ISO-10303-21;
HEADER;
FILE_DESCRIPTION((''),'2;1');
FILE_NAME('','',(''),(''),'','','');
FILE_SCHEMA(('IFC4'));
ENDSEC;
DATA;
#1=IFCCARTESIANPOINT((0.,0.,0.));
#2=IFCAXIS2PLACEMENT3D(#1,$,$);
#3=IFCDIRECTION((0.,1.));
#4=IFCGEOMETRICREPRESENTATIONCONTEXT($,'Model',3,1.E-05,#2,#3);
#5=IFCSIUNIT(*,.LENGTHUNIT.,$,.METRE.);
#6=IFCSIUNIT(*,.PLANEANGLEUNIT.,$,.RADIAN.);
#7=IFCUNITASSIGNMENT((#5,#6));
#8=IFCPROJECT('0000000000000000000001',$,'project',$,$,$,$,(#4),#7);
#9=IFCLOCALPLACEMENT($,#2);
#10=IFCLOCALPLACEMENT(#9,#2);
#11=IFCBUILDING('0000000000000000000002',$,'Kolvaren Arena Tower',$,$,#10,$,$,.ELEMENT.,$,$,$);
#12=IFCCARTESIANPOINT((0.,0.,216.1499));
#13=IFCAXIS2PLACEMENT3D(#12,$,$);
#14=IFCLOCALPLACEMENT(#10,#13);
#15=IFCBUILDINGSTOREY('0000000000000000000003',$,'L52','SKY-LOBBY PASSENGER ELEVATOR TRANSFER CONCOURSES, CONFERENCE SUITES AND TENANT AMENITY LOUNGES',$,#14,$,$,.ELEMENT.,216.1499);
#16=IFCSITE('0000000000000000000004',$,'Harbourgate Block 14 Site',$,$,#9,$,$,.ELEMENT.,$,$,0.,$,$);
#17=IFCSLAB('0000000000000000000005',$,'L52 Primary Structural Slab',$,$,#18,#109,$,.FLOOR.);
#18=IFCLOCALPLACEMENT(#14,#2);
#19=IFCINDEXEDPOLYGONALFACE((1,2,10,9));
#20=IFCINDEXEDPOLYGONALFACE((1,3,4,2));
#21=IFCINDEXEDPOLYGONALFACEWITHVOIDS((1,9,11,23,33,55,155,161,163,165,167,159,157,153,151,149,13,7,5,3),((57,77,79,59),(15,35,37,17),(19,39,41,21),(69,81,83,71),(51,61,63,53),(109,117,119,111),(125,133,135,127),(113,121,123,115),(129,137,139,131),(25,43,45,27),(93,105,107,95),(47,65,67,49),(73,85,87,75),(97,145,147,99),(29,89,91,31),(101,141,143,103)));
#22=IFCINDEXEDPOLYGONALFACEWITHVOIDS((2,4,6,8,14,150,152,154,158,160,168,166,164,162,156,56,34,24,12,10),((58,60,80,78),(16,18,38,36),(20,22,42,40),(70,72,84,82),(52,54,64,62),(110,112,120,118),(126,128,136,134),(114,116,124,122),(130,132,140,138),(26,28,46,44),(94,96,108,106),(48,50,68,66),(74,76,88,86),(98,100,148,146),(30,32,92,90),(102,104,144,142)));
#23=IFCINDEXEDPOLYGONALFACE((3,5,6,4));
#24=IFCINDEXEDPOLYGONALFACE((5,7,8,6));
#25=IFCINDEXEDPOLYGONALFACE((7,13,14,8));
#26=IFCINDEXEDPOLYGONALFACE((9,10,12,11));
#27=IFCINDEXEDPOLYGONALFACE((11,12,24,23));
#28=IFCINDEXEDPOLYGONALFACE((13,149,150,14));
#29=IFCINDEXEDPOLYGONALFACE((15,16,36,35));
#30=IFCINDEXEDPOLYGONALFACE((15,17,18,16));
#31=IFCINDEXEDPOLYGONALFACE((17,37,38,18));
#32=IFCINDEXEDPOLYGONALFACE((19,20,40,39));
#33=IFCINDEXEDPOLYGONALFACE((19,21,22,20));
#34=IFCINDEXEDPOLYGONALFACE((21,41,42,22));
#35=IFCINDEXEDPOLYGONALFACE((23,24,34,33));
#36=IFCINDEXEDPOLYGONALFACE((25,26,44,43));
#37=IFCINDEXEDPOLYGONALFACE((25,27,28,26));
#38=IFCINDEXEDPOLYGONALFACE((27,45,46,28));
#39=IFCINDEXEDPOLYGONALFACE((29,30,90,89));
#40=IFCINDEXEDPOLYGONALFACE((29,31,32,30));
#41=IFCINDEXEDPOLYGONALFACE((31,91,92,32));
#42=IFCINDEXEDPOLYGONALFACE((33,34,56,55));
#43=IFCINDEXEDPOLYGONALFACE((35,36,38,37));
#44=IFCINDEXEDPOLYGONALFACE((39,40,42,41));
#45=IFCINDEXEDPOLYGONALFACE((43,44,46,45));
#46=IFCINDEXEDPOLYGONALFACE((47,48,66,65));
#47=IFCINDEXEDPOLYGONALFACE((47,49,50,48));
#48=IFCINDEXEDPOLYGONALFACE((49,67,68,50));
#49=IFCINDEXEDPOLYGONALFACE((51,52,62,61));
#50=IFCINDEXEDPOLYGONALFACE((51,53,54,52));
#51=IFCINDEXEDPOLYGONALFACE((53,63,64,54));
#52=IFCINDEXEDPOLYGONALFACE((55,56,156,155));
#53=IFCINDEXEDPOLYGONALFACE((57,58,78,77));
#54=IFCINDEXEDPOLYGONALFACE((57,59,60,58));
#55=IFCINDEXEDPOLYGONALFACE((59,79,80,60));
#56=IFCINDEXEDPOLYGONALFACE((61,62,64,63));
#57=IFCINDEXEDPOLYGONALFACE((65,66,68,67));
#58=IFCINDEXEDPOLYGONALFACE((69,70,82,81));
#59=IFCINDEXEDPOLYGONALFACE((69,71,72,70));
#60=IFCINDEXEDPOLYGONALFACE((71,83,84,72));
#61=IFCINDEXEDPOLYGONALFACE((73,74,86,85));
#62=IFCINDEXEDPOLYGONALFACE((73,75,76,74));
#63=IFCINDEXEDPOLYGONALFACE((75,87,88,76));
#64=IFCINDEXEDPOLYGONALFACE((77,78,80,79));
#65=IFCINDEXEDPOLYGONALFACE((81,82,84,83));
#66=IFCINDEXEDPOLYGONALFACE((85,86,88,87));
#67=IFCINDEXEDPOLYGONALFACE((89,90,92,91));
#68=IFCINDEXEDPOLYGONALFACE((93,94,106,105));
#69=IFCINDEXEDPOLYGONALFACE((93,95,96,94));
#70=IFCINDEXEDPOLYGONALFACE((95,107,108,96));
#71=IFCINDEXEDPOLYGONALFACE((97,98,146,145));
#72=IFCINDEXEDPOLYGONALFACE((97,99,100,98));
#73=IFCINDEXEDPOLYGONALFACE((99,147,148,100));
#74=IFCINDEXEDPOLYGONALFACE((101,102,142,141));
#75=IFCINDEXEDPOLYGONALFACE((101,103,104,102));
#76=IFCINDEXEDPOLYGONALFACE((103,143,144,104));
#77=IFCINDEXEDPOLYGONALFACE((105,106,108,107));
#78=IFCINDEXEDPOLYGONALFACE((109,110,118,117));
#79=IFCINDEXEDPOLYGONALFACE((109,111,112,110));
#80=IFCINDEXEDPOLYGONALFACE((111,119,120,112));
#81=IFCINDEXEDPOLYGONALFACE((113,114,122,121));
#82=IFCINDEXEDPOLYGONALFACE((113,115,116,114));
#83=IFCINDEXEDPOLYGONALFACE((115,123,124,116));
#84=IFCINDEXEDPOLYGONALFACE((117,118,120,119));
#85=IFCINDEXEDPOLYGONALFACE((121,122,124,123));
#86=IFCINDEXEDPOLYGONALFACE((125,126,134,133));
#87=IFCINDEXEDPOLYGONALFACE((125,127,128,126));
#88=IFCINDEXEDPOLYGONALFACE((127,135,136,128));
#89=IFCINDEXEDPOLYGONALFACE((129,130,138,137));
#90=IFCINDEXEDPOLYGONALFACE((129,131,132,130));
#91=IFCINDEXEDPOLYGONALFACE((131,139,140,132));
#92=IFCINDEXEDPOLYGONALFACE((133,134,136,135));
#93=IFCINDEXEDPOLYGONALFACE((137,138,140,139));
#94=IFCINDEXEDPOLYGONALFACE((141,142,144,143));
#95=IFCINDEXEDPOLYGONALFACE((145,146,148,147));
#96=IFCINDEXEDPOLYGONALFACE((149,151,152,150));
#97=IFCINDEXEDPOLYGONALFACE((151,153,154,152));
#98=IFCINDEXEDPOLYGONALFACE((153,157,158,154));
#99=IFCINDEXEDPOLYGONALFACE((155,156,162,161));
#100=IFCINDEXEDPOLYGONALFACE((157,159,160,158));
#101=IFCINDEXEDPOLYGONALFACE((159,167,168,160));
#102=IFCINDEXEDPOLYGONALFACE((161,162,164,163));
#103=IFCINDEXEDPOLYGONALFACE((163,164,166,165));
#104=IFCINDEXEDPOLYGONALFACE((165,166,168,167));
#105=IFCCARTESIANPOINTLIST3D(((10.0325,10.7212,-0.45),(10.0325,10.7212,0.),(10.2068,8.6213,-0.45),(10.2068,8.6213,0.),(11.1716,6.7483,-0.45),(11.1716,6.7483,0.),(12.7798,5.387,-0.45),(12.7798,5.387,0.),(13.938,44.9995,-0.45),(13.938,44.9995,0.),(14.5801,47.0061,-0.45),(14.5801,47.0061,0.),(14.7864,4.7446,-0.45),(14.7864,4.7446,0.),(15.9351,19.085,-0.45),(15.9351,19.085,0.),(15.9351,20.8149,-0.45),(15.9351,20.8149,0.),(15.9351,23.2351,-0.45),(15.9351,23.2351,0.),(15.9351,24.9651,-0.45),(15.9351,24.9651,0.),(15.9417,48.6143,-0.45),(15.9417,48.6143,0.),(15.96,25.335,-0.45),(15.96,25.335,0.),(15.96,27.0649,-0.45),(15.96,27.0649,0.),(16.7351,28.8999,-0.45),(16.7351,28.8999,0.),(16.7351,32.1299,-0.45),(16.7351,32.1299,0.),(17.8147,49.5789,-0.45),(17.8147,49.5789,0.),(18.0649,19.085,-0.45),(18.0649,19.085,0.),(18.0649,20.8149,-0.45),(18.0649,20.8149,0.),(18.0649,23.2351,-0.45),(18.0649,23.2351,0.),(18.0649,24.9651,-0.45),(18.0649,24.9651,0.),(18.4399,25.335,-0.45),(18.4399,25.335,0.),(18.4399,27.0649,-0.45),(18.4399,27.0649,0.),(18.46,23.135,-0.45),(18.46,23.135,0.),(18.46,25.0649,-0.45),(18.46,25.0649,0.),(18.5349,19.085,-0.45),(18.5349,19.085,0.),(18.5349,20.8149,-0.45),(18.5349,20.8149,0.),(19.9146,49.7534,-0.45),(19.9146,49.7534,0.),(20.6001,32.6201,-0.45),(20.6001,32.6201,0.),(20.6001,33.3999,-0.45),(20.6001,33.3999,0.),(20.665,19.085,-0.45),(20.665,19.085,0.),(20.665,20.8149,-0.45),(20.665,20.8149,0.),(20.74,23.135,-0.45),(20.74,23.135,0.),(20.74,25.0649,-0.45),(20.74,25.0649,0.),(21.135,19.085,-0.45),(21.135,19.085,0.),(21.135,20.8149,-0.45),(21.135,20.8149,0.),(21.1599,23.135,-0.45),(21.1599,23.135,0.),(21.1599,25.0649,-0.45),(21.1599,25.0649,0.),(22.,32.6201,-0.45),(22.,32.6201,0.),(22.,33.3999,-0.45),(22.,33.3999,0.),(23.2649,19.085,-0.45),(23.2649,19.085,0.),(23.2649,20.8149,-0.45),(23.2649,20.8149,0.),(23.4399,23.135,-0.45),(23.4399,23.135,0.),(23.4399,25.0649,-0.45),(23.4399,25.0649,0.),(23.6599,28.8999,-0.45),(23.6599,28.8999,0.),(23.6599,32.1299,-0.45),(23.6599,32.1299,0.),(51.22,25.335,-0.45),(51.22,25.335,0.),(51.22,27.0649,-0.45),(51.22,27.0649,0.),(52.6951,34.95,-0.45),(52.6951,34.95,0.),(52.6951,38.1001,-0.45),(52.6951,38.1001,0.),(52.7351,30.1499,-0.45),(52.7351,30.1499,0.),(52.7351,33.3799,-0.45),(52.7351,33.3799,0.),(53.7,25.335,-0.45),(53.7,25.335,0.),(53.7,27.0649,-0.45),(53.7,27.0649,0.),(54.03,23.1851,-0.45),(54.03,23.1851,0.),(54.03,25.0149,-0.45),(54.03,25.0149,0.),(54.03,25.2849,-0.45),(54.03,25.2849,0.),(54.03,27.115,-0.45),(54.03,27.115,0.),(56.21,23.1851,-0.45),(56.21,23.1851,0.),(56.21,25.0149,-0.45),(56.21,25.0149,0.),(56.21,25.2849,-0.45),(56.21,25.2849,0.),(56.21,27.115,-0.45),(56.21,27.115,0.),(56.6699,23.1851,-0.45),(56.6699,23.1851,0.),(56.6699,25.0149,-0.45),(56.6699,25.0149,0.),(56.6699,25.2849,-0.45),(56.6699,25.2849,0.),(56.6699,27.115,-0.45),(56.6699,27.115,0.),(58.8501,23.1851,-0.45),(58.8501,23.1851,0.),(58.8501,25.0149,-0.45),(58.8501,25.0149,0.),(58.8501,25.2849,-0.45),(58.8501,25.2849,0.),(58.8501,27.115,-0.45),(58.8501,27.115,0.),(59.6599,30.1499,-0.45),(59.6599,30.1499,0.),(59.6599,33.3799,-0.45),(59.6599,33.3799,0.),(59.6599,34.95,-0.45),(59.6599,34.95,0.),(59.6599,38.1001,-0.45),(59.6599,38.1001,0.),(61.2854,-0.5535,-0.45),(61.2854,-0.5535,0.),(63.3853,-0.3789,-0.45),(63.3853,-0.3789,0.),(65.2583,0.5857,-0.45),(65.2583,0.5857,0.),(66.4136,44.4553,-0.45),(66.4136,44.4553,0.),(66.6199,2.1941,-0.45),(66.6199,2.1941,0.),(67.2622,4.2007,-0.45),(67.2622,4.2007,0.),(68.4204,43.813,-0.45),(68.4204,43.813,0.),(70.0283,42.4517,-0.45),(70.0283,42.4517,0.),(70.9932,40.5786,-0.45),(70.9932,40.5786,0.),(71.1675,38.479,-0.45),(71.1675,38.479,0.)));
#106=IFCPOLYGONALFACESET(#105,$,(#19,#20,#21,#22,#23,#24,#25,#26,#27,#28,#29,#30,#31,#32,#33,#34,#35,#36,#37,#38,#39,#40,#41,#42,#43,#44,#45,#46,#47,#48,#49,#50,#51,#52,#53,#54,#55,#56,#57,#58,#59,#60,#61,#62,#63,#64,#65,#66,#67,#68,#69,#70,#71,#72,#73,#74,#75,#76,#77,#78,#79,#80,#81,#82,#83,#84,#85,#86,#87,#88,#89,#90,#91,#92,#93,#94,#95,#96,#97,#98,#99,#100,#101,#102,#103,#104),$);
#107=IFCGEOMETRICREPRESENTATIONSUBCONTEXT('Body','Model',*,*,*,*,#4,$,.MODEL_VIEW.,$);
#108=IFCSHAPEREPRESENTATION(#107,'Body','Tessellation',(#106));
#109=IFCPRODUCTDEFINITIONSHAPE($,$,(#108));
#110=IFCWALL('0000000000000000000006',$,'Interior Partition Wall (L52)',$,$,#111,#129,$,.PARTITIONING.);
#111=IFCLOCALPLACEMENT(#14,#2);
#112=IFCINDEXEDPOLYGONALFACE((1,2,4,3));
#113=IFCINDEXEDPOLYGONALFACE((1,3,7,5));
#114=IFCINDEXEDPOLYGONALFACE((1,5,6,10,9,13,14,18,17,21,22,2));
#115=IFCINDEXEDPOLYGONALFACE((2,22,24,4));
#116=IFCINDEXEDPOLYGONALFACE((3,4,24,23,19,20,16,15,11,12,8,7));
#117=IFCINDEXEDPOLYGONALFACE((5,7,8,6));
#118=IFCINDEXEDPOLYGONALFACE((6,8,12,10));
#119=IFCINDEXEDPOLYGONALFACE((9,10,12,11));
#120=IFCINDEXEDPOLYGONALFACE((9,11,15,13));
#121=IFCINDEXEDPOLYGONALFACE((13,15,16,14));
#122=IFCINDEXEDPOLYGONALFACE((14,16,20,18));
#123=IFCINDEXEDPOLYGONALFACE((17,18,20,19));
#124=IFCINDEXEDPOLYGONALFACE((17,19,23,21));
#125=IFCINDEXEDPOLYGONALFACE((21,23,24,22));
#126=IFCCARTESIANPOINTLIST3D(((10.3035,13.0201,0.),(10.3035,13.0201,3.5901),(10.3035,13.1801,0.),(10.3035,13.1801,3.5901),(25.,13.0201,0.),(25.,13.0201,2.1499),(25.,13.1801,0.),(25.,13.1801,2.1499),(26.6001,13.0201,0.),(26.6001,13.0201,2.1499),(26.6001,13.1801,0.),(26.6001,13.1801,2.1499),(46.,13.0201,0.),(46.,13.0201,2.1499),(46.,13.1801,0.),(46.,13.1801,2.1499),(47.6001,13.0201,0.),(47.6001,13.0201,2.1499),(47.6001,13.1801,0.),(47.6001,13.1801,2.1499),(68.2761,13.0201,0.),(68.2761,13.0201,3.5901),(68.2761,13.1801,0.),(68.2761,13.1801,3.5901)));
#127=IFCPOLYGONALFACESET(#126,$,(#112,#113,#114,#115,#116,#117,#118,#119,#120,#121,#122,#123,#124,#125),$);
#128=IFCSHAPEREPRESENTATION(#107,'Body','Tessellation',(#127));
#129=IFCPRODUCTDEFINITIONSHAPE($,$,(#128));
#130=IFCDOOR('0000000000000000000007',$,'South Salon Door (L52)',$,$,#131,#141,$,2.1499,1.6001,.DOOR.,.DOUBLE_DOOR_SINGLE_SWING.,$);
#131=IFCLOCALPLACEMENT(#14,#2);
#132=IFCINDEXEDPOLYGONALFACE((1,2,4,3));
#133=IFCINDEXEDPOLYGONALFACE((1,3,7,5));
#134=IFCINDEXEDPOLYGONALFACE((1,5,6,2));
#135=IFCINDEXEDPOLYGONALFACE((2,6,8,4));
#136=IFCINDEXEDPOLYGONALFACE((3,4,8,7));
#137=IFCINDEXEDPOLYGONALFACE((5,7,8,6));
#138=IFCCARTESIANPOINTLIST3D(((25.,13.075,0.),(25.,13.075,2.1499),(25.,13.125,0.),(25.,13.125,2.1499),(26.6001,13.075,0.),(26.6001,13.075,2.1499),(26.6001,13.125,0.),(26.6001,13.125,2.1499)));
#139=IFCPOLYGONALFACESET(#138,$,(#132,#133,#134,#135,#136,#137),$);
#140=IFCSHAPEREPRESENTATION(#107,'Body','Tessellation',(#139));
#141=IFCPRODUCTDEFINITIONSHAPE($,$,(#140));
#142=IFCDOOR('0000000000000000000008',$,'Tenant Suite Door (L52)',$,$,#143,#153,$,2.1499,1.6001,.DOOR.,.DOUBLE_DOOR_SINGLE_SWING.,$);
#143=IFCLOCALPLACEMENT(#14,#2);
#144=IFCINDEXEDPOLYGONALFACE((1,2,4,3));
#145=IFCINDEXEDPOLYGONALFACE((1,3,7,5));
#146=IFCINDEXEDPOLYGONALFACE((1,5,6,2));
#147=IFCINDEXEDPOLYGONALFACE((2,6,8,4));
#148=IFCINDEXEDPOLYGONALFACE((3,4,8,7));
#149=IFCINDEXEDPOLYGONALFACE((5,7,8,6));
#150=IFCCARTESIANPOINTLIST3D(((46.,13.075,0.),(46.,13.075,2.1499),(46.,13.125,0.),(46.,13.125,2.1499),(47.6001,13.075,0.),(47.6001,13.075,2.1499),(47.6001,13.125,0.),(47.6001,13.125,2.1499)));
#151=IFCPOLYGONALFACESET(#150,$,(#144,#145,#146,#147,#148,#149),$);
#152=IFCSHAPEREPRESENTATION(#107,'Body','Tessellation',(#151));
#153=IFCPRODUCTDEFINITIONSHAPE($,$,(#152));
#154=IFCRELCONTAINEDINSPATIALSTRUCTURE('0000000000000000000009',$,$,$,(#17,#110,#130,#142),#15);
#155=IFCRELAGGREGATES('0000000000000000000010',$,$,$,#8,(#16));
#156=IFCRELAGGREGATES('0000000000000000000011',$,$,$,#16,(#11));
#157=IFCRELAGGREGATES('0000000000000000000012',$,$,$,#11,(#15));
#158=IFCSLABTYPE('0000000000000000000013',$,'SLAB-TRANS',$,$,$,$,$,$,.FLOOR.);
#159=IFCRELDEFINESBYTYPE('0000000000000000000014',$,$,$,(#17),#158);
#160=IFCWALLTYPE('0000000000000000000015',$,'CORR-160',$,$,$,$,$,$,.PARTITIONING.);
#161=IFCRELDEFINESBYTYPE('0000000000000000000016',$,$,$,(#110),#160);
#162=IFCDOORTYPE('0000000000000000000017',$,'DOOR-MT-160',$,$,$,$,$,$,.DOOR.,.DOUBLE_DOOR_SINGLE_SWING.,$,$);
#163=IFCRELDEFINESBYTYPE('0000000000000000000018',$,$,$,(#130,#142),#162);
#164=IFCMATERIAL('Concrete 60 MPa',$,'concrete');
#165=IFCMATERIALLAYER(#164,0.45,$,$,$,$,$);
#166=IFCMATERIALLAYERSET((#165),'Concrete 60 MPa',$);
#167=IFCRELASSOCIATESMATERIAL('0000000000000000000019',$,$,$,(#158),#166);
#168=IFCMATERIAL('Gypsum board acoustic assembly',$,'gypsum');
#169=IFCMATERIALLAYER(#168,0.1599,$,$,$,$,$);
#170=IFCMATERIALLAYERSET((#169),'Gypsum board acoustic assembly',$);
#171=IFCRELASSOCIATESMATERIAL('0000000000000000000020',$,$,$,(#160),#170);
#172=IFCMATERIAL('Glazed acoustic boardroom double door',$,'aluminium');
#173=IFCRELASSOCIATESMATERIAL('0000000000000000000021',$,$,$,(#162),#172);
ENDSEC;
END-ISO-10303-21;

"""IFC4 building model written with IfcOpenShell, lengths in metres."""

from ifc_helpers import new_model, si_unit, direction, frame, frame_2d, origin, place, context, subcontext, project, spatial, polyline, rectangle, outline, extrude, material, layer, layer_set, type_object, element, fill, save


model = new_model("IFC4")

# Units and contexts
model_context = context("Model", 3, precision=1e-05, world=origin(), true_north=direction((0.0, 1.0)))
body_context = subcontext(model_context, "Body", "Model", "MODEL_VIEW")
ifc_project = project(units=[si_unit("LENGTHUNIT", "METRE"), si_unit("PLANEANGLEUNIT", "RADIAN")], contexts=[model_context])

# Site, building, storey
site_placement = place(None, origin())
site = spatial("IfcSite", under=ifc_project, at=site_placement, Name="Harbourgate Block 14 Site", CompositionType="ELEMENT", RefElevation=0.0)
building_placement = place(site_placement, origin())
building = spatial("IfcBuilding", under=site, at=building_placement, Name="Kolvaren Arena Tower", CompositionType="ELEMENT")
storey_placement = place(building_placement, frame((0.0, 0.0, 216.1499)))
storey = spatial("IfcBuildingStorey", under=building, at=storey_placement, Name="L52", Description="SKY-LOBBY PASSENGER ELEVATOR TRANSFER CONCOURSES, CONFERENCE SUITES AND TENANT AMENITY LOUNGES", CompositionType="ELEMENT", Elevation=216.1499)

# Slab
ifc_material_1 = material(Name="Concrete 60 MPa", Category="concrete")
ifc_layer_1 = layer(ifc_material_1, 0.45)
ifc_layer_set_1 = layer_set([ifc_layer_1], Name="Concrete 60 MPa")
slab_type_1 = type_object("IfcSlabType", Name="SLAB-TRANS", PredefinedType="FLOOR", material=ifc_layer_set_1)
slab_1_placement = place(storey_placement, frame((0.0, 0.0, -0.45)))
element("IfcSlab", 1, at=slab_1_placement, inside=storey, type_object=slab_type_1, Name="L52 Primary Structural Slab", PredefinedType="FLOOR", context=body_context, shape_type="SweptSolid", body=[
    extrude(outline(polyline([(61.2854, -0.5535), (63.3853, -0.3789), (65.2583, 0.5857), (66.6199, 2.1941), (67.2622, 4.2007), (71.1675, 38.479), (70.9932, 40.5786), (70.0283, 42.4517), (68.4204, 43.813), (66.4136, 44.4553), (19.9146, 49.7534), (17.8147, 49.5789), (15.9417, 48.6143), (14.5801, 47.0061), (13.938, 44.9995), (10.0325, 10.7212), (10.2068, 8.6213), (11.1716, 6.7483), (12.7798, 5.387), (14.7864, 4.7446), (61.2854, -0.5535)]), holes=[polyline([(15.9351, 19.085), (15.9351, 20.8149), (18.0649, 20.8149), (18.0649, 19.085), (15.9351, 19.085)]), polyline([(18.5349, 19.085), (18.5349, 20.8149), (20.665, 20.8149), (20.665, 19.085), (18.5349, 19.085)]), polyline([(21.135, 19.085), (21.135, 20.8149), (23.2649, 20.8149), (23.2649, 19.085), (21.135, 19.085)]), polyline([(18.46, 23.135), (18.46, 25.0649), (20.74, 25.0649), (20.74, 23.135), (18.46, 23.135)]), polyline([(21.1599, 23.135), (21.1599, 25.0649), (23.4399, 25.0649), (23.4399, 23.135), (21.1599, 23.135)]), polyline([(54.03, 23.1851), (54.03, 25.0149), (56.21, 25.0149), (56.21, 23.1851), (54.03, 23.1851)]), polyline([(56.6699, 23.1851), (56.6699, 25.0149), (58.8501, 25.0149), (58.8501, 23.1851), (56.6699, 23.1851)]), polyline([(15.9351, 23.2351), (15.9351, 24.9651), (18.0649, 24.9651), (18.0649, 23.2351), (15.9351, 23.2351)]), polyline([(54.03, 25.2849), (54.03, 27.115), (56.21, 27.115), (56.21, 25.2849), (54.03, 25.2849)]), polyline([(56.6699, 25.2849), (56.6699, 27.115), (58.8501, 27.115), (58.8501, 25.2849), (56.6699, 25.2849)]), polyline([(15.96, 25.335), (15.96, 27.0649), (18.4399, 27.0649), (18.4399, 25.335), (15.96, 25.335)]), polyline([(51.22, 25.335), (51.22, 27.0649), (53.7, 27.0649), (53.7, 25.335), (51.22, 25.335)]), polyline([(16.7351, 28.8999), (16.7351, 32.1299), (23.6599, 32.1299), (23.6599, 28.8999), (16.7351, 28.8999)]), polyline([(52.7351, 30.1499), (52.7351, 33.3799), (59.6599, 33.3799), (59.6599, 30.1499), (52.7351, 30.1499)]), polyline([(20.6001, 32.6201), (20.6001, 33.3999), (22.0, 33.3999), (22.0, 32.6201), (20.6001, 32.6201)]), polyline([(52.6951, 34.95), (52.6951, 38.1001), (59.6599, 38.1001), (59.6599, 34.95), (52.6951, 34.95)])]), origin(), (0.0, 0.0, 1.0), 0.45),
])

# Wall, openings, doors
ifc_material_2 = material(Name="Gypsum board acoustic assembly", Category="gypsum")
ifc_layer_2 = layer(ifc_material_2, 0.1599)
ifc_layer_set_2 = layer_set([ifc_layer_2], Name="Gypsum board acoustic assembly")
wall_type_1 = type_object("IfcWallType", Name="CORR-160", PredefinedType="PARTITIONING", material=ifc_layer_set_2)
wall_1_placement = place(storey_placement, frame((10.3035, 13.1001, 0.0), z_axis=(0.0, 0.0, 1.0), x_axis=(1.0, 0.0, 0.0)))
wall_1 = element("IfcWall", 2, at=wall_1_placement, inside=storey, type_object=wall_type_1, Name="Interior Partition Wall (L52)", PredefinedType="PARTITIONING", context=body_context, shape_type="SweptSolid", body=[
    extrude(rectangle(XDim=57.9727, YDim=0.1599, at=frame_2d((28.9863, 0.0))), origin(), (0.0, 0.0, 1.0), 3.5901),
])
opening_1_placement = place(wall_1_placement, frame((14.6965, 0.0, 0.0)))
opening_1 = element("IfcOpeningElement", 3, at=opening_1_placement, cuts=wall_1, PredefinedType="OPENING", context=body_context, shape_type="SweptSolid", body=[
    extrude(rectangle(XDim=1.6001, YDim=2.1499, at=frame_2d((0.8, 1.075))), frame((0.0, 0.0898, 0.0), z_axis=(0.0, -1.0, 0.0), x_axis=(1.0, 0.0, 0.0)), (0.0, 0.0, 1.0), 0.1799),
])
opening_2_placement = place(wall_1_placement, frame((35.6965, 0.0, 0.0)))
opening_2 = element("IfcOpeningElement", 4, at=opening_2_placement, cuts=wall_1, PredefinedType="OPENING", context=body_context, shape_type="SweptSolid", body=[
    extrude(rectangle(XDim=1.6001, YDim=2.1499, at=frame_2d((0.8, 1.075))), frame((0.0, 0.0898, 0.0), z_axis=(0.0, -1.0, 0.0), x_axis=(1.0, 0.0, 0.0)), (0.0, 0.0, 1.0), 0.1799),
])
ifc_material_3 = material(Name="Glazed acoustic boardroom double door", Category="aluminium")
door_type = type_object("IfcDoorType", Name="DOOR-MT-160", OperationType="DOUBLE_DOOR_SINGLE_SWING", PredefinedType="DOOR", material=ifc_material_3)
door_1_placement = place(opening_1_placement, origin())
door_1 = element("IfcDoor", 5, at=door_1_placement, inside=storey, type_object=door_type, Name="South Salon Door (L52)", OperationType="DOUBLE_DOOR_SINGLE_SWING", OverallHeight=2.1499, OverallWidth=1.6001, PredefinedType="DOOR", context=body_context, shape_type="SweptSolid", body=[
    extrude(rectangle(XDim=1.6001, YDim=2.1499, at=frame_2d((0.8, 1.075))), frame((0.0, 0.0249, 0.0), z_axis=(0.0, -1.0, 0.0), x_axis=(1.0, 0.0, 0.0)), (0.0, 0.0, 1.0), 0.05),
])
fill(opening_1, door_1)
door_2_placement = place(opening_2_placement, origin())
door_2 = element("IfcDoor", 6, at=door_2_placement, inside=storey, type_object=door_type, Name="Tenant Suite Door (L52)", OperationType="DOUBLE_DOOR_SINGLE_SWING", OverallHeight=2.1499, OverallWidth=1.6001, PredefinedType="DOOR", context=body_context, shape_type="SweptSolid", body=[
    extrude(rectangle(XDim=1.6001, YDim=2.1499, at=frame_2d((0.8, 1.075))), frame((0.0, 0.0249, 0.0), z_axis=(0.0, -1.0, 0.0), x_axis=(1.0, 0.0, 0.0)), (0.0, 0.0, 1.0), 0.05),
])
fill(opening_2, door_2)

save(model, "model.ifc")
